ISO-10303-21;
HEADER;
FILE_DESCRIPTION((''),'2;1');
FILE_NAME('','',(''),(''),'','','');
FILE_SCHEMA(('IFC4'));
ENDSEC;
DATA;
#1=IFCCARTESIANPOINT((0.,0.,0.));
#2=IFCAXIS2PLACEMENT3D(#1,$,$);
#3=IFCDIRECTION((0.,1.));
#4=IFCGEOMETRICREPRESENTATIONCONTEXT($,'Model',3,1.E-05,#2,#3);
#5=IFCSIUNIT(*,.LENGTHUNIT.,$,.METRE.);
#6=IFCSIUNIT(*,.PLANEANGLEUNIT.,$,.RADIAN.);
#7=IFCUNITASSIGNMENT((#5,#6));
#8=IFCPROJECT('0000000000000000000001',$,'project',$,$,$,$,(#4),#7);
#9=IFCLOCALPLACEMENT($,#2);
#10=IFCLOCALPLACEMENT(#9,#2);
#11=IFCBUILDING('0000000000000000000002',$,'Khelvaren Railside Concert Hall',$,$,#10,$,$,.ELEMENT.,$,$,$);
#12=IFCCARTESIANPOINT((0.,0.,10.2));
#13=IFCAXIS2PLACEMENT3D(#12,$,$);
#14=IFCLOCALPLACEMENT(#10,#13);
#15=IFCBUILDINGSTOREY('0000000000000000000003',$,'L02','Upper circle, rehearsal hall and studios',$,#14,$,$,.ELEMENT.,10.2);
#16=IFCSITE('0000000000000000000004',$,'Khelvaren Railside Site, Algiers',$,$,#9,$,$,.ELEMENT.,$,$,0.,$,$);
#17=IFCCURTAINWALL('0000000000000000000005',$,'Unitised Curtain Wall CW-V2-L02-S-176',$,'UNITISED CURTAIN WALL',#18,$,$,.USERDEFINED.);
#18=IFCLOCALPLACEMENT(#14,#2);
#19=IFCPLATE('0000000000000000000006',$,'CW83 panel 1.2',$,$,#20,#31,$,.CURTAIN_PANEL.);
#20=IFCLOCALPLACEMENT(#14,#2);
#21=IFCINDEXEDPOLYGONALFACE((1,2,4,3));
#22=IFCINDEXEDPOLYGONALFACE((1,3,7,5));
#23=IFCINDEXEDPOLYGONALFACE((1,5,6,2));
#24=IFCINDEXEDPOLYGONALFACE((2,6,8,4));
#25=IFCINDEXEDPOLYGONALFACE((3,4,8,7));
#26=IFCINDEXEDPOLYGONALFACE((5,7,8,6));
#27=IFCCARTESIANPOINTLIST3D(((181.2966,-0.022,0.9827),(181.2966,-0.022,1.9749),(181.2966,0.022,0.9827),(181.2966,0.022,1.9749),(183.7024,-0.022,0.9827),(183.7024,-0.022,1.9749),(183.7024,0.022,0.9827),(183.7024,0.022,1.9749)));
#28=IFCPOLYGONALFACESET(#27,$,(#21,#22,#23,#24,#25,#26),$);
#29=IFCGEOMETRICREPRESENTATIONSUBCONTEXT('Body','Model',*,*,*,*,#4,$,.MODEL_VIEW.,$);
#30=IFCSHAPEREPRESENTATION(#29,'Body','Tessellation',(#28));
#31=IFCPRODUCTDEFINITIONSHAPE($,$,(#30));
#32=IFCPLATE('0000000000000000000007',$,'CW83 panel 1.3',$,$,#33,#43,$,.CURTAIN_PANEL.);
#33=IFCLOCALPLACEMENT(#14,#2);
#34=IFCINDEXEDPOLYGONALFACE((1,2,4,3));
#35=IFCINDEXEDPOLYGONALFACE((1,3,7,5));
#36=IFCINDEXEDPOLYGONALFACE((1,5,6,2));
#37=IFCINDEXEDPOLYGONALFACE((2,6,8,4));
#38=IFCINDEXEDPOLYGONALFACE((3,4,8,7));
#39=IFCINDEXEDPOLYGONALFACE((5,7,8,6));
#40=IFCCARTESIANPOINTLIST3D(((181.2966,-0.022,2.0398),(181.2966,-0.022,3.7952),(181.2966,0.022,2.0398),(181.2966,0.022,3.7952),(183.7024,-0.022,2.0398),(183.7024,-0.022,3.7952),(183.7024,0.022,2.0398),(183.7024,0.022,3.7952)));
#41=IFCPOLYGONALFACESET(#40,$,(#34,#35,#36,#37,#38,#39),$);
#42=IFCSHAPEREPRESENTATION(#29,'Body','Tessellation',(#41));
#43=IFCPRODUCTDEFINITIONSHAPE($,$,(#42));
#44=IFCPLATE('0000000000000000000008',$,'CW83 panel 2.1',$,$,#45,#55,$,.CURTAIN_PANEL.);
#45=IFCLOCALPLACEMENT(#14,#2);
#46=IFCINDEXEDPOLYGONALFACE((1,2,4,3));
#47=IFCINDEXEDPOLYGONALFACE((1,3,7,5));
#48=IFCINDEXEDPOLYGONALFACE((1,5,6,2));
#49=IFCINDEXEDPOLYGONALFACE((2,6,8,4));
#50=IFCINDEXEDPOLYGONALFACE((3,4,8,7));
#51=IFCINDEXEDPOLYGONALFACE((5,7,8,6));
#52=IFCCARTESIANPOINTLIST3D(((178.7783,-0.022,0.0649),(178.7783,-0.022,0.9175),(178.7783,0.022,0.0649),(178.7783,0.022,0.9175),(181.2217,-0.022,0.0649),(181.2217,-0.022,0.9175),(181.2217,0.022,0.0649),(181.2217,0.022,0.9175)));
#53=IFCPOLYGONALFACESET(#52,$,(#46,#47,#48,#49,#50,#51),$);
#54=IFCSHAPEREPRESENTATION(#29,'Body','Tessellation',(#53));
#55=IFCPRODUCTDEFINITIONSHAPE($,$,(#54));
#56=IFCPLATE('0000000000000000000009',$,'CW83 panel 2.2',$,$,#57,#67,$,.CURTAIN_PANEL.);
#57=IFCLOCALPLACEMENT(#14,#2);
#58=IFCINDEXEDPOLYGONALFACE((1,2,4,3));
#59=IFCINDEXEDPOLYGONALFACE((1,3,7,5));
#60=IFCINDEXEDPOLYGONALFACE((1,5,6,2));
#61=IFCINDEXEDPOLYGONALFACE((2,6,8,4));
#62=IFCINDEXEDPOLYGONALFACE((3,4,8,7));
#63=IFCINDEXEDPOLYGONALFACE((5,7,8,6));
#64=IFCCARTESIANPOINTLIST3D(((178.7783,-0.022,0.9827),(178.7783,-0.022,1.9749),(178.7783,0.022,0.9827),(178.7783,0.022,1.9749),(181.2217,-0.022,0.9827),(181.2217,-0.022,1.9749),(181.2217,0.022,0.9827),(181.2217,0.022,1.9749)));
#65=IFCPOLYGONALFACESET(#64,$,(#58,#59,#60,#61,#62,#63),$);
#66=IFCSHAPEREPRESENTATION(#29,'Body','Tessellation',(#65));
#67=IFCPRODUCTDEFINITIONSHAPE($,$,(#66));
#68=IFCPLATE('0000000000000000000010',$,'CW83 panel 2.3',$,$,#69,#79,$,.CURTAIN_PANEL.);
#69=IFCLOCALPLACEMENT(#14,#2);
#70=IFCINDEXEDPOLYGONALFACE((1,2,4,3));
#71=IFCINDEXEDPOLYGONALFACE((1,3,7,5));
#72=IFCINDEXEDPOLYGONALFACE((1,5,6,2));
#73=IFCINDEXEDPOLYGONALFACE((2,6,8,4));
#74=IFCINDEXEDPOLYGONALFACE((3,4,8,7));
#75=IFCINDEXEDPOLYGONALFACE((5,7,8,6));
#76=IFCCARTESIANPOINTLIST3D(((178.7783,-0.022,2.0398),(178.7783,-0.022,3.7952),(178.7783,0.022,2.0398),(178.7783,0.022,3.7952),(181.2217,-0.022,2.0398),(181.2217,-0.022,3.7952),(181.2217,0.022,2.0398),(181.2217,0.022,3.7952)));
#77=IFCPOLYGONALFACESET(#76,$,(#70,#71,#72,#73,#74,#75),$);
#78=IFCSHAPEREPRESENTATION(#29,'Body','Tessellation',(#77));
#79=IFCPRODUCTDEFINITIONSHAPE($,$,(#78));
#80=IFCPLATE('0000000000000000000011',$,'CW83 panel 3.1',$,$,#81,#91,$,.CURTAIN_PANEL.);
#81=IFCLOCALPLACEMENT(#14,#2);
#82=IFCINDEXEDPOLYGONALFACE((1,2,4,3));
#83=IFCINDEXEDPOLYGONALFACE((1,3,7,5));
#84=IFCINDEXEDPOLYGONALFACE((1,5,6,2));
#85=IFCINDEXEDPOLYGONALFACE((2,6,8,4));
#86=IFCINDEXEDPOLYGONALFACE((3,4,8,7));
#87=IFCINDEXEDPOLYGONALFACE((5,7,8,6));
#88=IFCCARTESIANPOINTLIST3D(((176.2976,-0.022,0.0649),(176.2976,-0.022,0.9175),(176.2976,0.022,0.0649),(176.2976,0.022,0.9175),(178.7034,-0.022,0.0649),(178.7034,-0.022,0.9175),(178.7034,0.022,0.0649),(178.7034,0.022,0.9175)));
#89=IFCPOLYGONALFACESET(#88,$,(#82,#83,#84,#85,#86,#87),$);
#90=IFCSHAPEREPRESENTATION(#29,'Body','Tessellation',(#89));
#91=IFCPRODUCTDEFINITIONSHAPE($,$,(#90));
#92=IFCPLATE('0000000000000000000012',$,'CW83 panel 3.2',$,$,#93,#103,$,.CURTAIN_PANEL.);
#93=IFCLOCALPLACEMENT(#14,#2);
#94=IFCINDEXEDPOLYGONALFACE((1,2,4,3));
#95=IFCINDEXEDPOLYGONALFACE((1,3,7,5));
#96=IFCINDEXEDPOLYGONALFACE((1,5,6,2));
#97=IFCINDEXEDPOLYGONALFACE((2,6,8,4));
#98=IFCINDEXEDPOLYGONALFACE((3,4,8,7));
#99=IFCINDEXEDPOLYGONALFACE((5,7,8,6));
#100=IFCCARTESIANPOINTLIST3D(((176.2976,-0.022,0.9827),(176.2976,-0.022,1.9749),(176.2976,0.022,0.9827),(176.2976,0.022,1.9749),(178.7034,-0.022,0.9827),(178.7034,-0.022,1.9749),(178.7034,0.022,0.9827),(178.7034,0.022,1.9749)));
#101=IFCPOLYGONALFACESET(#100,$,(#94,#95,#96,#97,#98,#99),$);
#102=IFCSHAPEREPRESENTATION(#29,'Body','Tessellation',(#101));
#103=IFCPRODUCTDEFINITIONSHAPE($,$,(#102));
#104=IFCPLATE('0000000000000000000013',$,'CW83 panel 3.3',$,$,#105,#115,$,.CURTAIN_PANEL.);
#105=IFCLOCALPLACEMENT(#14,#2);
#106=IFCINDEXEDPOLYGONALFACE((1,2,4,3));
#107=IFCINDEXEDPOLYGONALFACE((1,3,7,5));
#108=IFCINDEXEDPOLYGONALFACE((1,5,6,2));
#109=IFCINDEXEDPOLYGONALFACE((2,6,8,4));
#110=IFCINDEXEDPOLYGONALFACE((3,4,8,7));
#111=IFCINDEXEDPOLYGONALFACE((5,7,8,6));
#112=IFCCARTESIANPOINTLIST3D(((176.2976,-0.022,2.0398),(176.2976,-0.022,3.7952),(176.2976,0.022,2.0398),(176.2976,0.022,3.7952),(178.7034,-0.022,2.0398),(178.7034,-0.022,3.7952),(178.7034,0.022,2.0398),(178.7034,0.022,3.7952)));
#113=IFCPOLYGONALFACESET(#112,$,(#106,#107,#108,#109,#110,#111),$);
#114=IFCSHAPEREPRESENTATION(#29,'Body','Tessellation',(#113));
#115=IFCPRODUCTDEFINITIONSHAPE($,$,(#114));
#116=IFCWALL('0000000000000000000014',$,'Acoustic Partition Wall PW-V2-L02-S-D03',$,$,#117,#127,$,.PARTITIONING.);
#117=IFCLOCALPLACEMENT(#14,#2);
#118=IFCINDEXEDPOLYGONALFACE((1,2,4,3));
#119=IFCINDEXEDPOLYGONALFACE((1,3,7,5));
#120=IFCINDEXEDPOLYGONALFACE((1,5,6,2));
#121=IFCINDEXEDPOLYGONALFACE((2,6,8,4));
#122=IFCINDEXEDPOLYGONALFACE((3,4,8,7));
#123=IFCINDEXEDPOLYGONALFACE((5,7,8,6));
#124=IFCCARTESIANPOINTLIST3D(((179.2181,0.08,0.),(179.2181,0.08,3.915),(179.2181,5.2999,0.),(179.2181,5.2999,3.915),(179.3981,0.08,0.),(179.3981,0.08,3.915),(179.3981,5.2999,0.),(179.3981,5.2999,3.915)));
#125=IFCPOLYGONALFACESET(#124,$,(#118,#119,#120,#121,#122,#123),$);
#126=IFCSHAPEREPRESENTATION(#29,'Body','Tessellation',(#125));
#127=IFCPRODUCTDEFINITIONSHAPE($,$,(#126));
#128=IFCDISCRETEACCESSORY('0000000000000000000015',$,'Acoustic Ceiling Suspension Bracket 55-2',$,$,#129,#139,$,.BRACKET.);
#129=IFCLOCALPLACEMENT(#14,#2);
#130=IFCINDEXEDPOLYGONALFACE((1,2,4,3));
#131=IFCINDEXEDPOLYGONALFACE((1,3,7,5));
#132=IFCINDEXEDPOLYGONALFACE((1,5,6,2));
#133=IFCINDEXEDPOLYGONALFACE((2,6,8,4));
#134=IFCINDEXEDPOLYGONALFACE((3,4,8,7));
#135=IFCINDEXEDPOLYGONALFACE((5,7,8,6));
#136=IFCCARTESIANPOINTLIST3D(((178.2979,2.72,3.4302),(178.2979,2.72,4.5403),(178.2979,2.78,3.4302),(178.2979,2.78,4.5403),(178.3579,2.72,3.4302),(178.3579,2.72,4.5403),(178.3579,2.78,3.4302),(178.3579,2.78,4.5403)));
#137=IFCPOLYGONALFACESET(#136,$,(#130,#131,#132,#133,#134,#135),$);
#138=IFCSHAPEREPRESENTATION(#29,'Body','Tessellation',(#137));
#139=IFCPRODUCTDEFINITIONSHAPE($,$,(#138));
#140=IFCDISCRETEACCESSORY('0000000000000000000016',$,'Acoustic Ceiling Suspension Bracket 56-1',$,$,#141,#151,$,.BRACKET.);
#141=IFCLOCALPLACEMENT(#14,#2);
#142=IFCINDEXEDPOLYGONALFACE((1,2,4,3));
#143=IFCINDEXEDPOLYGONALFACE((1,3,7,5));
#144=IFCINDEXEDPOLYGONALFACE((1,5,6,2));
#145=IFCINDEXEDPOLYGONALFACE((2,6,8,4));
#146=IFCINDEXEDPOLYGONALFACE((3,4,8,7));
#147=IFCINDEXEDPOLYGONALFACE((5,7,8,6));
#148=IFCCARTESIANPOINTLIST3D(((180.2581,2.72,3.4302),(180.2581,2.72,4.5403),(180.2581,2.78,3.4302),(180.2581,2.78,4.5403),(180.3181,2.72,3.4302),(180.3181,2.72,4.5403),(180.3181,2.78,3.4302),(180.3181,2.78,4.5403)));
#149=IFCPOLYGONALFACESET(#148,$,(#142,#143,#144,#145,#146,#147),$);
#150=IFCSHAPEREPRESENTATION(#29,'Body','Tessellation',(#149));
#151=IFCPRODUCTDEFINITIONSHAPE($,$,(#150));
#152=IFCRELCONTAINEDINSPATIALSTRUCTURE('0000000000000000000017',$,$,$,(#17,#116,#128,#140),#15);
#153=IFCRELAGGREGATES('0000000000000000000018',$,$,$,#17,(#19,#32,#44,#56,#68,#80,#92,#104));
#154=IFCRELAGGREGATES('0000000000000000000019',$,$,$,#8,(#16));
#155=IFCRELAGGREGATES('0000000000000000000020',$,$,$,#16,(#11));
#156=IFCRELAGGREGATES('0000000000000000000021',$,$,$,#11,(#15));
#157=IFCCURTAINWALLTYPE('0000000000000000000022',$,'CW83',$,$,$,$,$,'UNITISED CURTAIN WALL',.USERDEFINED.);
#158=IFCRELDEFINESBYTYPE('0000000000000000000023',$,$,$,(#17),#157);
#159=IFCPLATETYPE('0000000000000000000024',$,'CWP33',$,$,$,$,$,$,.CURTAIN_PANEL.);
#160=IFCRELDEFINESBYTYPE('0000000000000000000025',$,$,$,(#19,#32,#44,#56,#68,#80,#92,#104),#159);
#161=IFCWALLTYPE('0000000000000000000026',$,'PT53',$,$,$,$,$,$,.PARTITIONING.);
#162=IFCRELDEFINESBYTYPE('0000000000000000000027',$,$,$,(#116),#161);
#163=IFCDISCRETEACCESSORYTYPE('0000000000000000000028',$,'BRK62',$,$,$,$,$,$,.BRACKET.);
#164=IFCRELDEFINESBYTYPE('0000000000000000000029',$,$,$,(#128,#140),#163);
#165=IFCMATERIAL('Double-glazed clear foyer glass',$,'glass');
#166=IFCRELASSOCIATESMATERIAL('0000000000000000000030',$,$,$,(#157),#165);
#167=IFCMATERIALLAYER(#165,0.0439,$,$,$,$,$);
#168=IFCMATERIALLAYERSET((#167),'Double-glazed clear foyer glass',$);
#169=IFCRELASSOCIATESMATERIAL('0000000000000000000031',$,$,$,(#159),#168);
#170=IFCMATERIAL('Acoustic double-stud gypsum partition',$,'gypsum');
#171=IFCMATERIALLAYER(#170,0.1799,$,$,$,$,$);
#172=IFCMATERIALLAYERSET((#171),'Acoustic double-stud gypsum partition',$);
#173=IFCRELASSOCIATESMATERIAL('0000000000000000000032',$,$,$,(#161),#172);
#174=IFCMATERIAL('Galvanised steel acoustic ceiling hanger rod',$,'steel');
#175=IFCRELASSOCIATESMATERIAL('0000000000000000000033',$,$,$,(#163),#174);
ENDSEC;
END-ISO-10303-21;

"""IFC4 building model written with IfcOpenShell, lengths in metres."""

from ifc_helpers import new_model, si_unit, direction, frame, frame_2d, origin, origin_2d, place, context, subcontext, project, spatial, rectangle, extrude, material, layer, layer_set, type_object, element, aggregate, save


model = new_model("IFC4")

# Units and contexts
model_context = context("Model", 3, precision=1e-05, world=origin(), true_north=direction((0.0, 1.0)))
body_context = subcontext(model_context, "Body", "Model", "MODEL_VIEW")
ifc_project = project(units=[si_unit("LENGTHUNIT", "METRE"), si_unit("PLANEANGLEUNIT", "RADIAN")], contexts=[model_context])

# Site, building, storey
site_placement = place(None, origin())
site = spatial("IfcSite", under=ifc_project, at=site_placement, Name="Khelvaren Railside Site, Algiers", CompositionType="ELEMENT", RefElevation=0.0)
building_placement = place(site_placement, origin())
building = spatial("IfcBuilding", under=site, at=building_placement, Name="Khelvaren Railside Concert Hall", CompositionType="ELEMENT")
storey_placement = place(building_placement, frame((0.0, 0.0, 10.2)))
storey = spatial("IfcBuildingStorey", under=building, at=storey_placement, Name="L02", Description="Upper circle, rehearsal hall and studios", CompositionType="ELEMENT", Elevation=10.2)

# Curtain wall
ifc_material_1 = material(Name="Double-glazed clear foyer glass", Category="glass")
curtain_wall_type = type_object("IfcCurtainWallType", Name="CW83", ElementType="UNITISED CURTAIN WALL", PredefinedType="USERDEFINED", material=ifc_material_1)
curtain_wall_placement = place(storey_placement, origin())
curtain_wall = element("IfcCurtainWall", 1, at=curtain_wall_placement, inside=storey, type_object=curtain_wall_type, Name="Unitised Curtain Wall CW-V2-L02-S-176", ObjectType="UNITISED CURTAIN WALL", PredefinedType="USERDEFINED")

# Plates
ifc_layer_1 = layer(ifc_material_1, 0.0439)
ifc_layer_set_1 = layer_set([ifc_layer_1], Name="Double-glazed clear foyer glass")
plate_type = type_object("IfcPlateType", Name="CWP33", PredefinedType="CURTAIN_PANEL", material=ifc_layer_set_1)
plate_1_placement = place(storey_placement, frame((182.4995, 0.0, 0.9827), z_axis=(0.0, 0.0, 1.0), x_axis=(-1.0, 0.0, 0.0)))
plate_1 = element("IfcPlate", 2, at=plate_1_placement, type_object=plate_type, Name="CW83 panel 1.2", PredefinedType="CURTAIN_PANEL", context=body_context, shape_type="SweptSolid", body=[
    extrude(rectangle(XDim=2.4058, YDim=0.0439, at=origin_2d()), origin(), (0.0, 0.0, 1.0), 0.9922),
])
plate_2_placement = place(storey_placement, frame((182.4995, 0.0, 2.0398), z_axis=(0.0, 0.0, 1.0), x_axis=(-1.0, 0.0, 0.0)))
plate_2 = element("IfcPlate", 3, at=plate_2_placement, type_object=plate_type, Name="CW83 panel 1.3", PredefinedType="CURTAIN_PANEL", context=body_context, shape_type="SweptSolid", body=[
    extrude(rectangle(XDim=2.4058, YDim=0.0439, at=origin_2d()), origin(), (0.0, 0.0, 1.0), 1.7554),
])
plate_3_placement = place(storey_placement, frame((180.0, 0.0, 0.0649), z_axis=(0.0, 0.0, 1.0), x_axis=(-1.0, 0.0, 0.0)))
plate_3 = element("IfcPlate", 4, at=plate_3_placement, type_object=plate_type, Name="CW83 panel 2.1", PredefinedType="CURTAIN_PANEL", context=body_context, shape_type="SweptSolid", body=[
    extrude(rectangle(XDim=2.4434, YDim=0.0439, at=origin_2d()), origin(), (0.0, 0.0, 1.0), 0.8525),
])
plate_4_placement = place(storey_placement, frame((180.0, 0.0, 0.9827), z_axis=(0.0, 0.0, 1.0), x_axis=(-1.0, 0.0, 0.0)))
plate_4 = element("IfcPlate", 5, at=plate_4_placement, type_object=plate_type, Name="CW83 panel 2.2", PredefinedType="CURTAIN_PANEL", context=body_context, shape_type="SweptSolid", body=[
    extrude(rectangle(XDim=2.4434, YDim=0.0439, at=origin_2d()), origin(), (0.0, 0.0, 1.0), 0.9922),
])
plate_5_placement = place(storey_placement, frame((180.0, 0.0, 2.0398), z_axis=(0.0, 0.0, 1.0), x_axis=(-1.0, 0.0, 0.0)))
plate_5 = element("IfcPlate", 6, at=plate_5_placement, type_object=plate_type, Name="CW83 panel 2.3", PredefinedType="CURTAIN_PANEL", context=body_context, shape_type="SweptSolid", body=[
    extrude(rectangle(XDim=2.4434, YDim=0.0439, at=origin_2d()), origin(), (0.0, 0.0, 1.0), 1.7554),
])
plate_6_placement = place(storey_placement, frame((177.5005, 0.0, 0.0649), z_axis=(0.0, 0.0, 1.0), x_axis=(-1.0, 0.0, 0.0)))
plate_6 = element("IfcPlate", 7, at=plate_6_placement, type_object=plate_type, Name="CW83 panel 3.1", PredefinedType="CURTAIN_PANEL", context=body_context, shape_type="SweptSolid", body=[
    extrude(rectangle(XDim=2.4058, YDim=0.0439, at=origin_2d()), origin(), (0.0, 0.0, 1.0), 0.8525),
])
plate_7_placement = place(storey_placement, frame((177.5005, 0.0, 0.9827), z_axis=(0.0, 0.0, 1.0), x_axis=(-1.0, 0.0, 0.0)))
plate_7 = element("IfcPlate", 8, at=plate_7_placement, type_object=plate_type, Name="CW83 panel 3.2", PredefinedType="CURTAIN_PANEL", context=body_context, shape_type="SweptSolid", body=[
    extrude(rectangle(XDim=2.4058, YDim=0.0439, at=origin_2d()), origin(), (0.0, 0.0, 1.0), 0.9922),
])
plate_8_placement = place(storey_placement, frame((177.5005, 0.0, 2.0398), z_axis=(0.0, 0.0, 1.0), x_axis=(-1.0, 0.0, 0.0)))
plate_8 = element("IfcPlate", 9, at=plate_8_placement, type_object=plate_type, Name="CW83 panel 3.3", PredefinedType="CURTAIN_PANEL", context=body_context, shape_type="SweptSolid", body=[
    extrude(rectangle(XDim=2.4058, YDim=0.0439, at=origin_2d()), origin(), (0.0, 0.0, 1.0), 1.7554),
])
aggregate(curtain_wall, [plate_1, plate_2, plate_3, plate_4, plate_5, plate_6, plate_7, plate_8])

# Wall
ifc_material_2 = material(Name="Acoustic double-stud gypsum partition", Category="gypsum")
ifc_layer_2 = layer(ifc_material_2, 0.1799)
ifc_layer_set_2 = layer_set([ifc_layer_2], Name="Acoustic double-stud gypsum partition")
wall_type = type_object("IfcWallType", Name="PT53", PredefinedType="PARTITIONING", material=ifc_layer_set_2)
wall_placement = place(storey_placement, frame((179.3081, 0.0801, 0.0), z_axis=(0.0, 0.0, 1.0), x_axis=(0.0, 1.0, 0.0)))
element("IfcWall", 10, at=wall_placement, inside=storey, type_object=wall_type, Name="Acoustic Partition Wall PW-V2-L02-S-D03", PredefinedType="PARTITIONING", context=body_context, shape_type="SweptSolid", body=[
    extrude(rectangle(XDim=5.22, YDim=0.1799, at=frame_2d((2.6099, 0.0))), origin(), (0.0, 0.0, 1.0), 3.915),
])

# Discrete accessories
ifc_material_3 = material(Name="Galvanised steel acoustic ceiling hanger rod", Category="steel")
discrete_accessory_type = type_object("IfcDiscreteAccessoryType", Name="BRK62", PredefinedType="BRACKET", material=ifc_material_3)
for number, where, z_axis, x_axis, name in (
    (11, (178.3279, 2.75, 3.4302), (0.0, 0.0, 1.0), (1.0, 0.0, 0.0), "Acoustic Ceiling Suspension Bracket 55-2"),
    (12, (180.2881, 2.75, 3.4302), (0.0, 0.0, 1.0), (1.0, 0.0, 0.0), "Acoustic Ceiling Suspension Bracket 56-1"),
):
    element("IfcDiscreteAccessory", number, at=place(storey_placement, frame(where, z_axis=z_axis, x_axis=x_axis)), inside=storey, type_object=discrete_accessory_type, Name=name, PredefinedType="BRACKET", context=body_context, shape_type="SweptSolid", body=[
        extrude(rectangle(XDim=0.0601, YDim=0.0601, at=origin_2d()), origin(), (0.0, 0.0, 1.0), 1.1101),
    ])

save(model, "model.ifc")
